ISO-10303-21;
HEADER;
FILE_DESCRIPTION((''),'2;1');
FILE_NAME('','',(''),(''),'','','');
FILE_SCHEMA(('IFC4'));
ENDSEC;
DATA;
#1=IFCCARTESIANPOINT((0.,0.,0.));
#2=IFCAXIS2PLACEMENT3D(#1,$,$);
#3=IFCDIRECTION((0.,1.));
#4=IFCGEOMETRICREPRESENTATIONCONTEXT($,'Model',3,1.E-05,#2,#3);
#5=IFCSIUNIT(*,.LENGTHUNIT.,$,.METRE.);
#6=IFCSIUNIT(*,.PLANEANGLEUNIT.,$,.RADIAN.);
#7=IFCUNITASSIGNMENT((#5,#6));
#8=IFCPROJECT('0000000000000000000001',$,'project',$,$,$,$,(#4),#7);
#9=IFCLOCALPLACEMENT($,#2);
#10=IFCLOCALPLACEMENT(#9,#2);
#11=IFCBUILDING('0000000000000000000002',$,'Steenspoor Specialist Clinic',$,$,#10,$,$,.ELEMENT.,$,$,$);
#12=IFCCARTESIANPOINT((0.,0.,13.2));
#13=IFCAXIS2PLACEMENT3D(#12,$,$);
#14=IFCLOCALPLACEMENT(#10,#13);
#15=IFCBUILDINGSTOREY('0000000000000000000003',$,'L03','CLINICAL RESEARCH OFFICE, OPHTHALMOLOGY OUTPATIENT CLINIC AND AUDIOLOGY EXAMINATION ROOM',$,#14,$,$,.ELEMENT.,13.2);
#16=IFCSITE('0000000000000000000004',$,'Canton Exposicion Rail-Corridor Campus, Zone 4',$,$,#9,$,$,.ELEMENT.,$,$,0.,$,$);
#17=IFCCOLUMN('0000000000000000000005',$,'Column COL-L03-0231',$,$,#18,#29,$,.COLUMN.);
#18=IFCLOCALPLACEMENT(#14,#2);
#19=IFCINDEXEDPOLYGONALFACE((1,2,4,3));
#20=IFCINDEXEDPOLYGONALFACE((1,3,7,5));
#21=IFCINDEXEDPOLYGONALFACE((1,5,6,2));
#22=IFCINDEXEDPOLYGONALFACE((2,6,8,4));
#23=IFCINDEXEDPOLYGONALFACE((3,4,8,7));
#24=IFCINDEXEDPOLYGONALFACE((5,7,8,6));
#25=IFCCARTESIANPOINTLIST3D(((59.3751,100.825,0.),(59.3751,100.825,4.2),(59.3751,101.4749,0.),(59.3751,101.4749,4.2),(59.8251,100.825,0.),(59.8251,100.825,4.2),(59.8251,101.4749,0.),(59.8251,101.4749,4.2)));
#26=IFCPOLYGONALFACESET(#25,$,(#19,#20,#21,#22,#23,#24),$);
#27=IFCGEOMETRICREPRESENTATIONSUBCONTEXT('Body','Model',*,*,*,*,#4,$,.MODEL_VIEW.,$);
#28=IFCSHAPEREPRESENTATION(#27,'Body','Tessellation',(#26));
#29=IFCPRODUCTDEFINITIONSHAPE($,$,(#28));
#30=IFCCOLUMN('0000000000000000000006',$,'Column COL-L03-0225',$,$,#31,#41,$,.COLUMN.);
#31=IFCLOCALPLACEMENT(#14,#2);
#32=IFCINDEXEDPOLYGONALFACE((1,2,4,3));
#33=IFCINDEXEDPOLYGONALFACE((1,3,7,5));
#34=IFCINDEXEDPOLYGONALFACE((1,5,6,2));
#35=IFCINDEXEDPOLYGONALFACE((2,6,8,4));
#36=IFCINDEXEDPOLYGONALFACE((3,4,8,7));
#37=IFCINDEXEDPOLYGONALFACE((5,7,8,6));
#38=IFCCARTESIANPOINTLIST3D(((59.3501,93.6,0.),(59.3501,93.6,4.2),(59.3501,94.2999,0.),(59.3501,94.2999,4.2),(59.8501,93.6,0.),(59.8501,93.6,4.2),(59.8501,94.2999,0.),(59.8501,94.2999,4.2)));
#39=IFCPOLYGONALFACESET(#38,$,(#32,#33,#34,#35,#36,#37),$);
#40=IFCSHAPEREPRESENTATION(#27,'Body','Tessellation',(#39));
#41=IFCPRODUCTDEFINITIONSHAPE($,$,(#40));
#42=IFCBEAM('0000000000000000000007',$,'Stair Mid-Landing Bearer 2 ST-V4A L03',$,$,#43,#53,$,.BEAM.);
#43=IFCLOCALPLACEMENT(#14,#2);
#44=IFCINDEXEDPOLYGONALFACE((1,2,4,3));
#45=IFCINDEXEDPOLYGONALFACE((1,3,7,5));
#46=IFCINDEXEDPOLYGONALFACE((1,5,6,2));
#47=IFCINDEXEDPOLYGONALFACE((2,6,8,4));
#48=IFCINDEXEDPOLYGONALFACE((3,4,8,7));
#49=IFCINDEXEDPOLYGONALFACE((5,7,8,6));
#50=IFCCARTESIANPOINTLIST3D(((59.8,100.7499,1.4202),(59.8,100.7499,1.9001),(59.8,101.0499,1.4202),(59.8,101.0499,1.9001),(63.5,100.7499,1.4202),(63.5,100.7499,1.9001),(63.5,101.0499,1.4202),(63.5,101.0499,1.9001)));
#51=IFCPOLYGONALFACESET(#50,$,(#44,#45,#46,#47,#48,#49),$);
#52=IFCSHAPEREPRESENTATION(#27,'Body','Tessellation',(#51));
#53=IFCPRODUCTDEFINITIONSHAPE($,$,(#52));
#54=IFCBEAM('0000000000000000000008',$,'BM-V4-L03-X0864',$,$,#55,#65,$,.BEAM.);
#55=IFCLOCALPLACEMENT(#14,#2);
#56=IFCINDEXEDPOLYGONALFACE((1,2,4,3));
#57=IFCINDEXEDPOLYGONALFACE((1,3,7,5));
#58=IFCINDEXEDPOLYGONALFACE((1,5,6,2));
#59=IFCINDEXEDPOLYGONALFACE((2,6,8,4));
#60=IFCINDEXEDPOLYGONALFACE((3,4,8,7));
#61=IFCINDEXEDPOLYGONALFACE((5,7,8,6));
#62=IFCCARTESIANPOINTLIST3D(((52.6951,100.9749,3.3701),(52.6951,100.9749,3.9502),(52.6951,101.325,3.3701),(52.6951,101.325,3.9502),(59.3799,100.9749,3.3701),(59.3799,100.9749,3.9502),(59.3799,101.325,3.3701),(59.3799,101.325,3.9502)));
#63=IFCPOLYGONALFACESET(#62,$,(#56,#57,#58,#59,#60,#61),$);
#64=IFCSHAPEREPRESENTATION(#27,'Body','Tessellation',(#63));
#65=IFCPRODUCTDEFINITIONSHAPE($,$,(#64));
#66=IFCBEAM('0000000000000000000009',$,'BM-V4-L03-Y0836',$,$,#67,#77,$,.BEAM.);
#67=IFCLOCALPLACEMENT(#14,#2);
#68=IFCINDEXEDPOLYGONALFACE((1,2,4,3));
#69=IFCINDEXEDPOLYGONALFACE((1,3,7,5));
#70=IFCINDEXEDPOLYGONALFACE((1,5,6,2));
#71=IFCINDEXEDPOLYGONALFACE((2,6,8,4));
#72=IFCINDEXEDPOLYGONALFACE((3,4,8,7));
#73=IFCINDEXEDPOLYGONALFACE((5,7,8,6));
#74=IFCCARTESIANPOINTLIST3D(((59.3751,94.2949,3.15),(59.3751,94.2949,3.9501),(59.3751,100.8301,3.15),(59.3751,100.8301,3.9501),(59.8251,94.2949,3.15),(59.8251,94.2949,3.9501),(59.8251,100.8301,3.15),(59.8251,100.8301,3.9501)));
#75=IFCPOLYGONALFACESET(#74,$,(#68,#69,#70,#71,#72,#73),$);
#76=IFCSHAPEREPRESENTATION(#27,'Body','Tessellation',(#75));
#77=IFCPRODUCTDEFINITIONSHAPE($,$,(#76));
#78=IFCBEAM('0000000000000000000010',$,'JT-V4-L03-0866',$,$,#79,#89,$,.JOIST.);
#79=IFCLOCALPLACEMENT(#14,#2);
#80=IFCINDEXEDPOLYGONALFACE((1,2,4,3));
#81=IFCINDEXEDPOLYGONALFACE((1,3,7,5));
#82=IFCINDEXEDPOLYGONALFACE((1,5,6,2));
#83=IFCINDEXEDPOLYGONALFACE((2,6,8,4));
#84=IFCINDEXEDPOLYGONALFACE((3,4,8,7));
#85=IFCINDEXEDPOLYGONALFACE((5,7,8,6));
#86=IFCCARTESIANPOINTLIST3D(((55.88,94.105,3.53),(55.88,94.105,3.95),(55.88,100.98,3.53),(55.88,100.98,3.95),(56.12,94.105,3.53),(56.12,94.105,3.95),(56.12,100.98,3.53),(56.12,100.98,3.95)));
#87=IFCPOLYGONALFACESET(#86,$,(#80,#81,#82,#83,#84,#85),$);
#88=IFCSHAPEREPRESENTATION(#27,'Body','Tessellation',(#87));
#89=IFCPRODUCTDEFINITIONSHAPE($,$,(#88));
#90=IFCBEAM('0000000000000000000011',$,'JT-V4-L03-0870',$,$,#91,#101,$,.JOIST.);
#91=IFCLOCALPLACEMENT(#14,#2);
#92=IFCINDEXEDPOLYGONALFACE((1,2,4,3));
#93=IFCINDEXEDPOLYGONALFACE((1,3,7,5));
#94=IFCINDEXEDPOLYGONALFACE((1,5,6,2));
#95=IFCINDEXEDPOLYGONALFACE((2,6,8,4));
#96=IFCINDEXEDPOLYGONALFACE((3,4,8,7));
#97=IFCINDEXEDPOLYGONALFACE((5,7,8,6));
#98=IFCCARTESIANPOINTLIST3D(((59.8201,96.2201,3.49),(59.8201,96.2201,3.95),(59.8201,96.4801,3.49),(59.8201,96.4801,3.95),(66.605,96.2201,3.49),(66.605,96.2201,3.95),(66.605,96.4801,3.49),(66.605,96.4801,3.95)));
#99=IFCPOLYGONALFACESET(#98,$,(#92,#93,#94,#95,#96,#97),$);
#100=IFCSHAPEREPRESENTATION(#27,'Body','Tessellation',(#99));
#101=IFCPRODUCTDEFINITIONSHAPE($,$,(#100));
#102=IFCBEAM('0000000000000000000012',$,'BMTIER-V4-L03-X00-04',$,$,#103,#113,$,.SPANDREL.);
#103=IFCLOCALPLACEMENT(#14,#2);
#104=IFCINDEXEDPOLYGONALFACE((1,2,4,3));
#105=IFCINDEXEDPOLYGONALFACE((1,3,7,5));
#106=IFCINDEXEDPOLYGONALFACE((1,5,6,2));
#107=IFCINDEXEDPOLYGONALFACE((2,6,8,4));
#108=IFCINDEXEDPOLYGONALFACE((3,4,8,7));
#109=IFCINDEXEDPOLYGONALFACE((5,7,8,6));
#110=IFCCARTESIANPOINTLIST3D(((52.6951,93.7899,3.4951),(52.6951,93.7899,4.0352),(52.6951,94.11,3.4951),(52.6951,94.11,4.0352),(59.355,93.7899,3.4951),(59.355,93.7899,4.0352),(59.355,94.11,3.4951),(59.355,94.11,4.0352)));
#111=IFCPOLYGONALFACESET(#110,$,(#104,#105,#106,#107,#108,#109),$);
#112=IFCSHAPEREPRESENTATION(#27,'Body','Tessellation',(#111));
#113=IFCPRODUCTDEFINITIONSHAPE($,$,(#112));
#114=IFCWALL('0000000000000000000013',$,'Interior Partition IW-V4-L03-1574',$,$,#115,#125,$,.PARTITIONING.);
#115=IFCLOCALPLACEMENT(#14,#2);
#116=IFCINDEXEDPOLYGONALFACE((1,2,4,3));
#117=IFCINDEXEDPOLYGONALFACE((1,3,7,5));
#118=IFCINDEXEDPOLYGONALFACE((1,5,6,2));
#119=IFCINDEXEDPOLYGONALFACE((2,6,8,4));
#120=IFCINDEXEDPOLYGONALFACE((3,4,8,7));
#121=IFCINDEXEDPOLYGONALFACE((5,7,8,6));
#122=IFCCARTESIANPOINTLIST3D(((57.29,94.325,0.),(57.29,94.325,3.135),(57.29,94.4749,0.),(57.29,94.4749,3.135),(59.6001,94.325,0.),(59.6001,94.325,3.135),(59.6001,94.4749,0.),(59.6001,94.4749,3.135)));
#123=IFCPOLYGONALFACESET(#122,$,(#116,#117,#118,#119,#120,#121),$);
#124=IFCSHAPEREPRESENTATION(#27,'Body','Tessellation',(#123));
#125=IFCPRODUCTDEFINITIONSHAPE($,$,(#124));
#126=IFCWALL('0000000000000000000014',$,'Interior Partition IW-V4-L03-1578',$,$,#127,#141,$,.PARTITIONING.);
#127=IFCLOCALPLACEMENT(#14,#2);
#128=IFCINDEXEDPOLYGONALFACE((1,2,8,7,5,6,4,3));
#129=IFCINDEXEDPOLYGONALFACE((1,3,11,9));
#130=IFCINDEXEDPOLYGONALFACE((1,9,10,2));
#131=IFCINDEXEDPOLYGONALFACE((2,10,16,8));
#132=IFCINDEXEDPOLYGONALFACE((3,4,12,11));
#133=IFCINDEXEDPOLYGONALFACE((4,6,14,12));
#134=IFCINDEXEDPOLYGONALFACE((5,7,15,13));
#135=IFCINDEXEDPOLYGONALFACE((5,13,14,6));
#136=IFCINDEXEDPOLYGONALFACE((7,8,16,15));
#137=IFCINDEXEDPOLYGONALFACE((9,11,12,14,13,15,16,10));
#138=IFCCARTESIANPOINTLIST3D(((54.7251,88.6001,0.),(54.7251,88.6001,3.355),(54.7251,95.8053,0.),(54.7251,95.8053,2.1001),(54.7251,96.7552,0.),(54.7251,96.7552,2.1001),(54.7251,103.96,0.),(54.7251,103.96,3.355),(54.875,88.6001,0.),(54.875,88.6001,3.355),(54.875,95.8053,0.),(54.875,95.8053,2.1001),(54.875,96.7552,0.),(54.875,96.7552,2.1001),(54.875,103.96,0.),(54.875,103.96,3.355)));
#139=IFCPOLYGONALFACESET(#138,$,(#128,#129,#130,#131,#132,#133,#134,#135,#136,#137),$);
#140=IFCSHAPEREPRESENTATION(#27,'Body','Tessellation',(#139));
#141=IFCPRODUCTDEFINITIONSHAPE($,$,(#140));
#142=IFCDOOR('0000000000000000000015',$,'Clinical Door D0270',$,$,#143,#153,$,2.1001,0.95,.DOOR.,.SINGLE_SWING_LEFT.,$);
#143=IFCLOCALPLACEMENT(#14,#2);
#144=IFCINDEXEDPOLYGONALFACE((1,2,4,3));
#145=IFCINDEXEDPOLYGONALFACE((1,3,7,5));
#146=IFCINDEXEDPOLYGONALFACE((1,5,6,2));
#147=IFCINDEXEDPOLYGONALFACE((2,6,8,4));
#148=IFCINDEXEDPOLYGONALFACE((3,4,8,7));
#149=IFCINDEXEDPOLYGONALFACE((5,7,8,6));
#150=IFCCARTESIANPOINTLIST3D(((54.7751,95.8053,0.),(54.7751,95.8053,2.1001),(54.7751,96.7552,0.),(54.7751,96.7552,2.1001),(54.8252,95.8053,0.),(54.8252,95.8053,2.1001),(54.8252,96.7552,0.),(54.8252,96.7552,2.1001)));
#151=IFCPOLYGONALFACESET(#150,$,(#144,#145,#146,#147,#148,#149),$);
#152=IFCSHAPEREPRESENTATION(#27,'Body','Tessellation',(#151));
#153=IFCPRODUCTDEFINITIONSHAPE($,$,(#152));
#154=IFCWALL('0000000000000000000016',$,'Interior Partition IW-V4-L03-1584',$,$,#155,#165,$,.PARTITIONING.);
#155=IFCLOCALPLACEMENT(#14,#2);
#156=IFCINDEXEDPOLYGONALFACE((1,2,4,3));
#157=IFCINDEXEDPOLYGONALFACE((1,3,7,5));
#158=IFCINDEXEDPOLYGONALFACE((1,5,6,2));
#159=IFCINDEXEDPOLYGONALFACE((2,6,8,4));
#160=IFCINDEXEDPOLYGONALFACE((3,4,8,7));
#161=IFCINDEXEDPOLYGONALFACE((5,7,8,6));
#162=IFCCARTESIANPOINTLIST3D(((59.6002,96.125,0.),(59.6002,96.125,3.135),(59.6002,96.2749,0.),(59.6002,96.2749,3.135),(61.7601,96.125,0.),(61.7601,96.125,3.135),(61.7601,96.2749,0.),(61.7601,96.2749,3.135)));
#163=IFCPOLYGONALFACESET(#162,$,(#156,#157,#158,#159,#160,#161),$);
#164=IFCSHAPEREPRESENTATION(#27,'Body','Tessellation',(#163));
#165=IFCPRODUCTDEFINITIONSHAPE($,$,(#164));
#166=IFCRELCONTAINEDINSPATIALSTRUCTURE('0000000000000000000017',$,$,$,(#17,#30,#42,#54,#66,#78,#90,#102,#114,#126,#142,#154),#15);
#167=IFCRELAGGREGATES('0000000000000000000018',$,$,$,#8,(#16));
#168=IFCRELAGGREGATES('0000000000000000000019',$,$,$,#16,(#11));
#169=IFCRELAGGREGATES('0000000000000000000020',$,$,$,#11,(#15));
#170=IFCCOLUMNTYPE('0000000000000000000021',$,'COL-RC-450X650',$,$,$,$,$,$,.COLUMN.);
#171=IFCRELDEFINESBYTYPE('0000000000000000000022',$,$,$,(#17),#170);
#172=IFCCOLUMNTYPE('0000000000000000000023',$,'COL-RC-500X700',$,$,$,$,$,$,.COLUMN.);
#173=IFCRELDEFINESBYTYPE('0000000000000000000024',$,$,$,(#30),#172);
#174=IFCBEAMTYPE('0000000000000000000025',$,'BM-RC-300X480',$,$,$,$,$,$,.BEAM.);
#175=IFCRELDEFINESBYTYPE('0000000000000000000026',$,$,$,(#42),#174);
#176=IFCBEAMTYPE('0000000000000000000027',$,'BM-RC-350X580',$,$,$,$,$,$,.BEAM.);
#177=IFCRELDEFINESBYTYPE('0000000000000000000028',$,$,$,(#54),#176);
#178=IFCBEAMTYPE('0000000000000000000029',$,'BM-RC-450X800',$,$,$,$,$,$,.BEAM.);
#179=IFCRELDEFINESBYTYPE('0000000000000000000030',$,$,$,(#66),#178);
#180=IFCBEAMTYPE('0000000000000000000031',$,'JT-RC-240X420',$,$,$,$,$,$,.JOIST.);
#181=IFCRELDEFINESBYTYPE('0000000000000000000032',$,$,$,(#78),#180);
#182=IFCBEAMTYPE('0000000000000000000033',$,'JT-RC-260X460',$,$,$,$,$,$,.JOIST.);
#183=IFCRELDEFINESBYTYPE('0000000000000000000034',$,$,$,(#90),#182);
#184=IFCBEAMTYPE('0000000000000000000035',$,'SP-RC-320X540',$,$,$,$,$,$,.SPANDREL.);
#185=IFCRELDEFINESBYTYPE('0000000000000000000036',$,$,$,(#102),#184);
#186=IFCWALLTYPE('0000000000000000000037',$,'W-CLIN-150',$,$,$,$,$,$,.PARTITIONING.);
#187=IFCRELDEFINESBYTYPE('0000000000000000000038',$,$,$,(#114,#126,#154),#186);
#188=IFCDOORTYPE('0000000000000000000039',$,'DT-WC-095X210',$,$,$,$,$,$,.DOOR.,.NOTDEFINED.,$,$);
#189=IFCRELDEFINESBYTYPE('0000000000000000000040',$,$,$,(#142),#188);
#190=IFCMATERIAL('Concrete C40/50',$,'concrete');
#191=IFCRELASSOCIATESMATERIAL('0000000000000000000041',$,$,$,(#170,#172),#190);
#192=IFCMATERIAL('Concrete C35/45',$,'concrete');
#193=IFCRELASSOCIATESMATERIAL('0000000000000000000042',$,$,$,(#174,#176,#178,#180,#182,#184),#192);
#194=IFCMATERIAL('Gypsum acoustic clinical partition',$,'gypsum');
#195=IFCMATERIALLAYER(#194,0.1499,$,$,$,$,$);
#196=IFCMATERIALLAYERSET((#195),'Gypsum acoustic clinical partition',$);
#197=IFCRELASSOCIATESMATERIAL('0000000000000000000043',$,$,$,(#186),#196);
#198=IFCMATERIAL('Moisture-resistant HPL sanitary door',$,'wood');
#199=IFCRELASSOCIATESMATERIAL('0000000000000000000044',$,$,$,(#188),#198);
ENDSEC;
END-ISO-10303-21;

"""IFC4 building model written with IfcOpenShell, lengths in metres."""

from ifc_helpers import new_model, si_unit, direction, frame, frame_2d, origin, origin_2d, place, context, subcontext, project, spatial, rectangle, extrude, material, layer, layer_set, material_profile, profile_set, type_object, element, fill, save


model = new_model("IFC4")

# Units and contexts
model_context = context("Model", 3, precision=1e-05, world=origin(), true_north=direction((0.0, 1.0)))
body_context = subcontext(model_context, "Body", "Model", "MODEL_VIEW")
ifc_project = project(units=[si_unit("LENGTHUNIT", "METRE"), si_unit("PLANEANGLEUNIT", "RADIAN")], contexts=[model_context])

# Site, building, storey
site_placement = place(None, origin())
site = spatial("IfcSite", under=ifc_project, at=site_placement, Name="Canton Exposicion Rail-Corridor Campus, Zone 4", CompositionType="ELEMENT", RefElevation=0.0)
building_placement = place(site_placement, origin())
building = spatial("IfcBuilding", under=site, at=building_placement, Name="Steenspoor Specialist Clinic", CompositionType="ELEMENT")
storey_placement = place(building_placement, frame((0.0, 0.0, 13.2)))
storey = spatial("IfcBuildingStorey", under=building, at=storey_placement, Name="L03", Description="CLINICAL RESEARCH OFFICE, OPHTHALMOLOGY OUTPATIENT CLINIC AND AUDIOLOGY EXAMINATION ROOM", CompositionType="ELEMENT", Elevation=13.2)

# Columns
ifc_material_1 = material(Name="Concrete C40/50", Category="concrete")
ifc_material_profile_1 = material_profile(ifc_material_1, rectangle(XDim=0.45, YDim=0.6499, at=origin_2d()), Name="RC-COL-450X650")
ifc_profile_set_1 = profile_set([ifc_material_profile_1], Name="Concrete C40/50")
column_type_1 = type_object("IfcColumnType", Name="COL-RC-450X650", PredefinedType="COLUMN", material=ifc_profile_set_1)
column_1_placement = place(storey_placement, frame((59.6001, 101.1499, 0.0), z_axis=(0.0, 0.0, 1.0), x_axis=(1.0, 0.0, 0.0)))
element("IfcColumn", 1, at=column_1_placement, inside=storey, type_object=column_type_1, Name="Column COL-L03-0231", PredefinedType="COLUMN", context=body_context, shape_type="SweptSolid", body=[
    extrude(rectangle(XDim=0.45, YDim=0.6499, at=origin_2d()), origin(), (0.0, 0.0, 1.0), 4.2),
])
ifc_material_profile_2 = material_profile(ifc_material_1, rectangle(XDim=0.5, YDim=0.7, at=origin_2d()), Name="RC-COL-500X700")
ifc_profile_set_2 = profile_set([ifc_material_profile_2], Name="Concrete C40/50")
column_type_2 = type_object("IfcColumnType", Name="COL-RC-500X700", PredefinedType="COLUMN", material=ifc_profile_set_2)
column_2_placement = place(storey_placement, frame((59.6001, 93.95, 0.0), z_axis=(0.0, 0.0, 1.0), x_axis=(1.0, 0.0, 0.0)))
element("IfcColumn", 2, at=column_2_placement, inside=storey, type_object=column_type_2, Name="Column COL-L03-0225", PredefinedType="COLUMN", context=body_context, shape_type="SweptSolid", body=[
    extrude(rectangle(XDim=0.5, YDim=0.7, at=origin_2d()), origin(), (0.0, 0.0, 1.0), 4.2),
])

# Beams
ifc_material_2 = material(Name="Concrete C35/45", Category="concrete")
ifc_material_profile_3 = material_profile(ifc_material_2, rectangle(XDim=0.3, YDim=0.48, at=origin_2d()), Name="RC-BM-300X480")
ifc_profile_set_3 = profile_set([ifc_material_profile_3], Name="Concrete C35/45")
beam_type_1 = type_object("IfcBeamType", Name="BM-RC-300X480", PredefinedType="BEAM", material=ifc_profile_set_3)
beam_1_placement = place(storey_placement, frame((59.8, 100.8999, 1.6602), z_axis=(1.0, 0.0, 0.0), x_axis=(0.0, 1.0, 0.0)))
element("IfcBeam", 3, at=beam_1_placement, inside=storey, type_object=beam_type_1, Name="Stair Mid-Landing Bearer 2 ST-V4A L03", PredefinedType="BEAM", context=body_context, shape_type="SweptSolid", body=[
    extrude(rectangle(XDim=0.3, YDim=0.48, at=origin_2d()), origin(), (0.0, 0.0, 1.0), 3.7),
])
ifc_material_profile_4 = material_profile(ifc_material_2, rectangle(XDim=0.3501, YDim=0.5801, at=origin_2d()), Name="RC-BM-350X580")
ifc_profile_set_4 = profile_set([ifc_material_profile_4], Name="Concrete C35/45")
beam_type_2 = type_object("IfcBeamType", Name="BM-RC-350X580", PredefinedType="BEAM", material=ifc_profile_set_4)
beam_2_placement = place(storey_placement, frame((52.6951, 101.1499, 3.6602), z_axis=(1.0, 0.0, 0.0), x_axis=(0.0, 1.0, 0.0)))
element("IfcBeam", 4, at=beam_2_placement, inside=storey, type_object=beam_type_2, Name="BM-V4-L03-X0864", PredefinedType="BEAM", context=body_context, shape_type="SweptSolid", body=[
    extrude(rectangle(XDim=0.3501, YDim=0.5801, at=origin_2d()), origin(), (0.0, 0.0, 1.0), 6.6848),
])
ifc_material_profile_5 = material_profile(ifc_material_2, rectangle(XDim=0.45, YDim=0.8, at=origin_2d()), Name="RC-BM-450X800")
ifc_profile_set_5 = profile_set([ifc_material_profile_5], Name="Concrete C35/45")
beam_type_3 = type_object("IfcBeamType", Name="BM-RC-450X800", PredefinedType="BEAM", material=ifc_profile_set_5)
beam_3_placement = place(storey_placement, frame((59.6001, 94.2949, 3.55), z_axis=(0.0, 1.0, 0.0), x_axis=(-1.0, 0.0, 0.0)))
element("IfcBeam", 5, at=beam_3_placement, inside=storey, type_object=beam_type_3, Name="BM-V4-L03-Y0836", PredefinedType="BEAM", context=body_context, shape_type="SweptSolid", body=[
    extrude(rectangle(XDim=0.45, YDim=0.8, at=origin_2d()), origin(), (0.0, 0.0, 1.0), 6.5352),
])
ifc_material_profile_6 = material_profile(ifc_material_2, rectangle(XDim=0.24, YDim=0.4199, at=origin_2d()), Name="RC-JT-240X420")
ifc_profile_set_6 = profile_set([ifc_material_profile_6], Name="Concrete C35/45")
beam_type_4 = type_object("IfcBeamType", Name="JT-RC-240X420", PredefinedType="JOIST", material=ifc_profile_set_6)
beam_4_placement = place(storey_placement, frame((56.0, 94.105, 3.74), z_axis=(0.0, 1.0, 0.0), x_axis=(-1.0, 0.0, 0.0)))
element("IfcBeam", 6, at=beam_4_placement, inside=storey, type_object=beam_type_4, Name="JT-V4-L03-0866", PredefinedType="JOIST", context=body_context, shape_type="SweptSolid", body=[
    extrude(rectangle(XDim=0.24, YDim=0.4199, at=origin_2d()), origin(), (0.0, 0.0, 1.0), 6.875),
])
ifc_material_profile_7 = material_profile(ifc_material_2, rectangle(XDim=0.26, YDim=0.46, at=origin_2d()), Name="RC-JT-260X460")
ifc_profile_set_7 = profile_set([ifc_material_profile_7], Name="Concrete C35/45")
beam_type_5 = type_object("IfcBeamType", Name="JT-RC-260X460", PredefinedType="JOIST", material=ifc_profile_set_7)
beam_5_placement = place(storey_placement, frame((59.8201, 96.3501, 3.72), z_axis=(1.0, 0.0, 0.0), x_axis=(0.0, 1.0, 0.0)))
element("IfcBeam", 7, at=beam_5_placement, inside=storey, type_object=beam_type_5, Name="JT-V4-L03-0870", PredefinedType="JOIST", context=body_context, shape_type="SweptSolid", body=[
    extrude(rectangle(XDim=0.26, YDim=0.46, at=origin_2d()), origin(), (0.0, 0.0, 1.0), 6.7849),
])
ifc_material_profile_8 = material_profile(ifc_material_2, rectangle(XDim=0.3201, YDim=0.54, at=origin_2d()), Name="RC-SP-320X540")
ifc_profile_set_8 = profile_set([ifc_material_profile_8], Name="Concrete C35/45")
beam_type_6 = type_object("IfcBeamType", Name="SP-RC-320X540", PredefinedType="SPANDREL", material=ifc_profile_set_8)
beam_6_placement = place(storey_placement, frame((52.6951, 93.95, 3.7651), z_axis=(1.0, 0.0, 0.0), x_axis=(0.0, 1.0, 0.0)))
element("IfcBeam", 8, at=beam_6_placement, inside=storey, type_object=beam_type_6, Name="BMTIER-V4-L03-X00-04", PredefinedType="SPANDREL", context=body_context, shape_type="SweptSolid", body=[
    extrude(rectangle(XDim=0.3201, YDim=0.54, at=origin_2d()), origin(), (0.0, 0.0, 1.0), 6.6599),
])

# Wall
ifc_material_3 = material(Name="Gypsum acoustic clinical partition", Category="gypsum")
ifc_layer_1 = layer(ifc_material_3, 0.1499)
ifc_layer_set_1 = layer_set([ifc_layer_1], Name="Gypsum acoustic clinical partition")
wall_type_1 = type_object("IfcWallType", Name="W-CLIN-150", PredefinedType="PARTITIONING", material=ifc_layer_set_1)
wall_1_placement = place(storey_placement, frame((57.29, 94.3999, 0.0), z_axis=(0.0, 0.0, 1.0), x_axis=(1.0, 0.0, 0.0)))
element("IfcWall", 9, at=wall_1_placement, inside=storey, type_object=wall_type_1, Name="Interior Partition IW-V4-L03-1574", PredefinedType="PARTITIONING", context=body_context, shape_type="SweptSolid", body=[
    extrude(rectangle(XDim=2.3101, YDim=0.1499, at=frame_2d((1.155, 0.0))), origin(), (0.0, 0.0, 1.0), 3.135),
])

# Wall, opening, door
wall_2_placement = place(storey_placement, frame((54.8, 88.6001, 0.0), z_axis=(0.0, 0.0, 1.0), x_axis=(0.0, 1.0, 0.0)))
wall_2 = element("IfcWall", 10, at=wall_2_placement, inside=storey, type_object=wall_type_1, Name="Interior Partition IW-V4-L03-1578", PredefinedType="PARTITIONING", context=body_context, shape_type="SweptSolid", body=[
    extrude(rectangle(XDim=15.3599, YDim=0.1499, at=frame_2d((7.6799, 0.0))), origin(), (0.0, 0.0, 1.0), 3.355),
])
opening_1_placement = place(wall_2_placement, frame((7.2051, 0.0, 0.0)))
opening_1 = element("IfcOpeningElement", 11, at=opening_1_placement, cuts=wall_2, PredefinedType="OPENING", context=body_context, shape_type="SweptSolid", body=[
    extrude(rectangle(XDim=0.95, YDim=2.1001, at=frame_2d((0.4751, 1.05))), frame((0.0, 0.085, 0.0), z_axis=(0.0, -1.0, 0.0), x_axis=(1.0, 0.0, 0.0)), (0.0, 0.0, 1.0), 0.1699),
])
ifc_material_4 = material(Name="Moisture-resistant HPL sanitary door", Category="wood")
door_type_1 = type_object("IfcDoorType", Name="DT-WC-095X210", OperationType="NOTDEFINED", PredefinedType="DOOR", material=ifc_material_4)
door_1_placement = place(opening_1_placement, origin())
door_1 = element("IfcDoor", 12, at=door_1_placement, inside=storey, type_object=door_type_1, Name="Clinical Door D0270", OperationType="SINGLE_SWING_LEFT", OverallHeight=2.1001, OverallWidth=0.95, PredefinedType="DOOR", context=body_context, shape_type="SweptSolid", body=[
    extrude(rectangle(XDim=0.95, YDim=2.1001, at=frame_2d((0.4751, 1.05))), frame((0.0, 0.0249, 0.0), z_axis=(0.0, -1.0, 0.0), x_axis=(1.0, 0.0, 0.0)), (0.0, 0.0, 1.0), 0.05),
])
fill(opening_1, door_1)

# Wall
wall_3_placement = place(storey_placement, frame((59.6001, 96.2, 0.0), z_axis=(0.0, 0.0, 1.0), x_axis=(1.0, 0.0, 0.0)))
element("IfcWall", 13, at=wall_3_placement, inside=storey, type_object=wall_type_1, Name="Interior Partition IW-V4-L03-1584", PredefinedType="PARTITIONING", context=body_context, shape_type="SweptSolid", body=[
    extrude(rectangle(XDim=2.1599, YDim=0.1499, at=frame_2d((1.0801, 0.0))), origin(), (0.0, 0.0, 1.0), 3.135),
])

save(model, "model.ifc")
